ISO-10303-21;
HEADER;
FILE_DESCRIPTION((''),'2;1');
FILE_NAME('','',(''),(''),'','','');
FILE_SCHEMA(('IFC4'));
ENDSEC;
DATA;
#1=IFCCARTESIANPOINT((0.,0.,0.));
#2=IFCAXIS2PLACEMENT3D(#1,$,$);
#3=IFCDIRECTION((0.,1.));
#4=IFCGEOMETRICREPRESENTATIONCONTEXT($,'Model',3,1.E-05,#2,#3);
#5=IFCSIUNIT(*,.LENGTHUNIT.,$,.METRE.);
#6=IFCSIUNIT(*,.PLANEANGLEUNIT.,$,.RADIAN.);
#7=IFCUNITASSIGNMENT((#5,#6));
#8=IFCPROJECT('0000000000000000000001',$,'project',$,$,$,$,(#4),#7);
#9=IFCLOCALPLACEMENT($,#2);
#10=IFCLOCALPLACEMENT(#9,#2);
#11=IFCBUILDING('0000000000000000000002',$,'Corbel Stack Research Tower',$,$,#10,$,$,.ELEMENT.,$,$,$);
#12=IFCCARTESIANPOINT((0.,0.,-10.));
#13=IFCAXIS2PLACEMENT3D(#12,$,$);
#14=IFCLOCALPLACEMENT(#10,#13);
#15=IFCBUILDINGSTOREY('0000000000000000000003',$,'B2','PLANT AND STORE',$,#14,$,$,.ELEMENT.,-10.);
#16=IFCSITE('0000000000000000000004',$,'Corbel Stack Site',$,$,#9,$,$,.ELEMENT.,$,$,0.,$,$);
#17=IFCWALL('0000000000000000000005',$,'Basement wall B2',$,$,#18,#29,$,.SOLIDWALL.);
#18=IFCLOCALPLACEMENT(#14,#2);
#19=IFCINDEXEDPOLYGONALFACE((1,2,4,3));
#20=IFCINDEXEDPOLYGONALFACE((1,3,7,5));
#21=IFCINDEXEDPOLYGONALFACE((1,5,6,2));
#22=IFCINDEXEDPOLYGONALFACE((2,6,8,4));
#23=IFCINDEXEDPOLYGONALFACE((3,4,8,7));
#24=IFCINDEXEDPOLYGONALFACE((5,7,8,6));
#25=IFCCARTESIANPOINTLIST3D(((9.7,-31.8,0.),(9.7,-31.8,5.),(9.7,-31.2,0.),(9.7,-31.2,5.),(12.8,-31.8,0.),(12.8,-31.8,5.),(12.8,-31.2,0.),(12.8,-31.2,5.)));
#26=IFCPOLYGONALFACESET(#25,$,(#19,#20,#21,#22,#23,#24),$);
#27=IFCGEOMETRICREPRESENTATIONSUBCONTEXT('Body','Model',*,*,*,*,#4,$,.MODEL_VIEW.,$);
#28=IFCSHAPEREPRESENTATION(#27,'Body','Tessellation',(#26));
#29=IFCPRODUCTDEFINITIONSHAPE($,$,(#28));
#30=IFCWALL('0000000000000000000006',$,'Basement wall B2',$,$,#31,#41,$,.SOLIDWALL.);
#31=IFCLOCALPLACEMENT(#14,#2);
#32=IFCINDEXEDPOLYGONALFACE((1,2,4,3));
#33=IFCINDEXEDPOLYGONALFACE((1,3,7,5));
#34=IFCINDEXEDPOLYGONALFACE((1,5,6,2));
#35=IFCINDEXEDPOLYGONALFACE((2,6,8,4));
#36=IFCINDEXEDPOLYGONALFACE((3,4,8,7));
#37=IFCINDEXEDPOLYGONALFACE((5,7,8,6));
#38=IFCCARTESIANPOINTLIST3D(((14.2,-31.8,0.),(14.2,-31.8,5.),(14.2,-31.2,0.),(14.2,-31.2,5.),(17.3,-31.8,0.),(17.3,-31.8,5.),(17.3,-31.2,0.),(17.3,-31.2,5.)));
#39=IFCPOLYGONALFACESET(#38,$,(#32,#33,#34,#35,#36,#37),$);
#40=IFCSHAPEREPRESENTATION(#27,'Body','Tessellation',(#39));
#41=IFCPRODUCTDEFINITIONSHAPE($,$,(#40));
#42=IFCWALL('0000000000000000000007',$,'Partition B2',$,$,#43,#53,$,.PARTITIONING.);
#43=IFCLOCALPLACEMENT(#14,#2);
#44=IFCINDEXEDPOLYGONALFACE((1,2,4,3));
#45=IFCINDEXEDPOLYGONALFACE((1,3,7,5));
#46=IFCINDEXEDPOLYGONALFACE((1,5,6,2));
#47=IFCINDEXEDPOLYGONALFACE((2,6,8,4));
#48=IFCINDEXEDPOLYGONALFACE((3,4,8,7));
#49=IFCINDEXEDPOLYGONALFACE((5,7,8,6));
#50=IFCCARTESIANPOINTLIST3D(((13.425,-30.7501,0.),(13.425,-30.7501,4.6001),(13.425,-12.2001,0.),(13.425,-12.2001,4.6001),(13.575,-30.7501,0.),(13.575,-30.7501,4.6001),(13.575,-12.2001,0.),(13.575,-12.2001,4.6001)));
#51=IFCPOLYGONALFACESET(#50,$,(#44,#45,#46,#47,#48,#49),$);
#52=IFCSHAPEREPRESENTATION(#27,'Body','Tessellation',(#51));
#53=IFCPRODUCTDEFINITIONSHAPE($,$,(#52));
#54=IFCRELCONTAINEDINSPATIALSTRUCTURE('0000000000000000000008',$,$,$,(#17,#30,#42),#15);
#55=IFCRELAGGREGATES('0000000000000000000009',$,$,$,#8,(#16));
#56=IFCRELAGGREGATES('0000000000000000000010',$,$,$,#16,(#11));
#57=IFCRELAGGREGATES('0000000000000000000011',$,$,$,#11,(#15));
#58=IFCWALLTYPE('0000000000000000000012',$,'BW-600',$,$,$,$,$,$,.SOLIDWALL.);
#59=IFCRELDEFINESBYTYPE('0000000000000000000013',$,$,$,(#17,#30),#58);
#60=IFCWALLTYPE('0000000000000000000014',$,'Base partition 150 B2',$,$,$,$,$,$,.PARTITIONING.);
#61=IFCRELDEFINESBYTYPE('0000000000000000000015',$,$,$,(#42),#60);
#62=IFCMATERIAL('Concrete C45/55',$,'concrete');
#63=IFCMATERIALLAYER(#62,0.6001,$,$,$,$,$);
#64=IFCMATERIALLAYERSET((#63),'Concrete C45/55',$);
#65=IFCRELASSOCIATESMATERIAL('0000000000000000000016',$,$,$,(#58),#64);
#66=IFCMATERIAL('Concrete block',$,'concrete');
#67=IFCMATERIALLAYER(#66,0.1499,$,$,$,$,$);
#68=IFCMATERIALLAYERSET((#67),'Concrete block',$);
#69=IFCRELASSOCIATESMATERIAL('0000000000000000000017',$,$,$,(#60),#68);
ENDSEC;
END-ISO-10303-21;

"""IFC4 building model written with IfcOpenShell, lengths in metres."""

from ifc_helpers import new_model, si_unit, direction, frame, frame_2d, origin, place, context, subcontext, project, spatial, rectangle, extrude, material, layer, layer_set, type_object, element, save


model = new_model("IFC4")

# Units and contexts
model_context = context("Model", 3, precision=1e-05, world=origin(), true_north=direction((0.0, 1.0)))
body_context = subcontext(model_context, "Body", "Model", "MODEL_VIEW")
ifc_project = project(units=[si_unit("LENGTHUNIT", "METRE"), si_unit("PLANEANGLEUNIT", "RADIAN")], contexts=[model_context])

# Site, building, storey
site_placement = place(None, origin())
site = spatial("IfcSite", under=ifc_project, at=site_placement, Name="Corbel Stack Site", CompositionType="ELEMENT", RefElevation=0.0)
building_placement = place(site_placement, origin())
building = spatial("IfcBuilding", under=site, at=building_placement, Name="Corbel Stack Research Tower", CompositionType="ELEMENT")
storey_placement = place(building_placement, frame((0.0, 0.0, -10.0)))
storey = spatial("IfcBuildingStorey", under=building, at=storey_placement, Name="B2", Description="PLANT AND STORE", CompositionType="ELEMENT", Elevation=-10.0)

# Walls
ifc_material_1 = material(Name="Concrete C45/55", Category="concrete")
ifc_layer_1 = layer(ifc_material_1, 0.6001)
ifc_layer_set_1 = layer_set([ifc_layer_1], Name="Concrete C45/55")
wall_type_1 = type_object("IfcWallType", Name="BW-600", PredefinedType="SOLIDWALL", material=ifc_layer_set_1)
for number, where, z_axis, x_axis, name in (
    (1, (9.7, -31.5, 0.0), (0.0, 0.0, 1.0), (1.0, 0.0, 0.0), "Basement wall B2"),
    (2, (14.2, -31.5, 0.0), (0.0, 0.0, 1.0), (1.0, 0.0, 0.0), "Basement wall B2"),
):
    element("IfcWall", number, at=place(storey_placement, frame(where, z_axis=z_axis, x_axis=x_axis)), inside=storey, type_object=wall_type_1, Name=name, PredefinedType="SOLIDWALL", context=body_context, shape_type="SweptSolid", body=[
        extrude(rectangle(XDim=3.1001, YDim=0.6001, at=frame_2d((1.55, 0.0))), origin(), (0.0, 0.0, 1.0), 5.0),
    ])
ifc_material_2 = material(Name="Concrete block", Category="concrete")
ifc_layer_2 = layer(ifc_material_2, 0.1499)
ifc_layer_set_2 = layer_set([ifc_layer_2], Name="Concrete block")
wall_type_2 = type_object("IfcWallType", Name="Base partition 150 B2", PredefinedType="PARTITIONING", material=ifc_layer_set_2)
wall_placement = place(storey_placement, frame((13.5, -30.75, 0.0), z_axis=(0.0, 0.0, 1.0), x_axis=(0.0, 1.0, 0.0)))
element("IfcWall", 3, at=wall_placement, inside=storey, type_object=wall_type_2, Name="Partition B2", PredefinedType="PARTITIONING", context=body_context, shape_type="SweptSolid", body=[
    extrude(rectangle(XDim=18.55, YDim=0.1499, at=frame_2d((9.2749, 0.0))), origin(), (0.0, 0.0, 1.0), 4.6001),
])

save(model, "model.ifc")
